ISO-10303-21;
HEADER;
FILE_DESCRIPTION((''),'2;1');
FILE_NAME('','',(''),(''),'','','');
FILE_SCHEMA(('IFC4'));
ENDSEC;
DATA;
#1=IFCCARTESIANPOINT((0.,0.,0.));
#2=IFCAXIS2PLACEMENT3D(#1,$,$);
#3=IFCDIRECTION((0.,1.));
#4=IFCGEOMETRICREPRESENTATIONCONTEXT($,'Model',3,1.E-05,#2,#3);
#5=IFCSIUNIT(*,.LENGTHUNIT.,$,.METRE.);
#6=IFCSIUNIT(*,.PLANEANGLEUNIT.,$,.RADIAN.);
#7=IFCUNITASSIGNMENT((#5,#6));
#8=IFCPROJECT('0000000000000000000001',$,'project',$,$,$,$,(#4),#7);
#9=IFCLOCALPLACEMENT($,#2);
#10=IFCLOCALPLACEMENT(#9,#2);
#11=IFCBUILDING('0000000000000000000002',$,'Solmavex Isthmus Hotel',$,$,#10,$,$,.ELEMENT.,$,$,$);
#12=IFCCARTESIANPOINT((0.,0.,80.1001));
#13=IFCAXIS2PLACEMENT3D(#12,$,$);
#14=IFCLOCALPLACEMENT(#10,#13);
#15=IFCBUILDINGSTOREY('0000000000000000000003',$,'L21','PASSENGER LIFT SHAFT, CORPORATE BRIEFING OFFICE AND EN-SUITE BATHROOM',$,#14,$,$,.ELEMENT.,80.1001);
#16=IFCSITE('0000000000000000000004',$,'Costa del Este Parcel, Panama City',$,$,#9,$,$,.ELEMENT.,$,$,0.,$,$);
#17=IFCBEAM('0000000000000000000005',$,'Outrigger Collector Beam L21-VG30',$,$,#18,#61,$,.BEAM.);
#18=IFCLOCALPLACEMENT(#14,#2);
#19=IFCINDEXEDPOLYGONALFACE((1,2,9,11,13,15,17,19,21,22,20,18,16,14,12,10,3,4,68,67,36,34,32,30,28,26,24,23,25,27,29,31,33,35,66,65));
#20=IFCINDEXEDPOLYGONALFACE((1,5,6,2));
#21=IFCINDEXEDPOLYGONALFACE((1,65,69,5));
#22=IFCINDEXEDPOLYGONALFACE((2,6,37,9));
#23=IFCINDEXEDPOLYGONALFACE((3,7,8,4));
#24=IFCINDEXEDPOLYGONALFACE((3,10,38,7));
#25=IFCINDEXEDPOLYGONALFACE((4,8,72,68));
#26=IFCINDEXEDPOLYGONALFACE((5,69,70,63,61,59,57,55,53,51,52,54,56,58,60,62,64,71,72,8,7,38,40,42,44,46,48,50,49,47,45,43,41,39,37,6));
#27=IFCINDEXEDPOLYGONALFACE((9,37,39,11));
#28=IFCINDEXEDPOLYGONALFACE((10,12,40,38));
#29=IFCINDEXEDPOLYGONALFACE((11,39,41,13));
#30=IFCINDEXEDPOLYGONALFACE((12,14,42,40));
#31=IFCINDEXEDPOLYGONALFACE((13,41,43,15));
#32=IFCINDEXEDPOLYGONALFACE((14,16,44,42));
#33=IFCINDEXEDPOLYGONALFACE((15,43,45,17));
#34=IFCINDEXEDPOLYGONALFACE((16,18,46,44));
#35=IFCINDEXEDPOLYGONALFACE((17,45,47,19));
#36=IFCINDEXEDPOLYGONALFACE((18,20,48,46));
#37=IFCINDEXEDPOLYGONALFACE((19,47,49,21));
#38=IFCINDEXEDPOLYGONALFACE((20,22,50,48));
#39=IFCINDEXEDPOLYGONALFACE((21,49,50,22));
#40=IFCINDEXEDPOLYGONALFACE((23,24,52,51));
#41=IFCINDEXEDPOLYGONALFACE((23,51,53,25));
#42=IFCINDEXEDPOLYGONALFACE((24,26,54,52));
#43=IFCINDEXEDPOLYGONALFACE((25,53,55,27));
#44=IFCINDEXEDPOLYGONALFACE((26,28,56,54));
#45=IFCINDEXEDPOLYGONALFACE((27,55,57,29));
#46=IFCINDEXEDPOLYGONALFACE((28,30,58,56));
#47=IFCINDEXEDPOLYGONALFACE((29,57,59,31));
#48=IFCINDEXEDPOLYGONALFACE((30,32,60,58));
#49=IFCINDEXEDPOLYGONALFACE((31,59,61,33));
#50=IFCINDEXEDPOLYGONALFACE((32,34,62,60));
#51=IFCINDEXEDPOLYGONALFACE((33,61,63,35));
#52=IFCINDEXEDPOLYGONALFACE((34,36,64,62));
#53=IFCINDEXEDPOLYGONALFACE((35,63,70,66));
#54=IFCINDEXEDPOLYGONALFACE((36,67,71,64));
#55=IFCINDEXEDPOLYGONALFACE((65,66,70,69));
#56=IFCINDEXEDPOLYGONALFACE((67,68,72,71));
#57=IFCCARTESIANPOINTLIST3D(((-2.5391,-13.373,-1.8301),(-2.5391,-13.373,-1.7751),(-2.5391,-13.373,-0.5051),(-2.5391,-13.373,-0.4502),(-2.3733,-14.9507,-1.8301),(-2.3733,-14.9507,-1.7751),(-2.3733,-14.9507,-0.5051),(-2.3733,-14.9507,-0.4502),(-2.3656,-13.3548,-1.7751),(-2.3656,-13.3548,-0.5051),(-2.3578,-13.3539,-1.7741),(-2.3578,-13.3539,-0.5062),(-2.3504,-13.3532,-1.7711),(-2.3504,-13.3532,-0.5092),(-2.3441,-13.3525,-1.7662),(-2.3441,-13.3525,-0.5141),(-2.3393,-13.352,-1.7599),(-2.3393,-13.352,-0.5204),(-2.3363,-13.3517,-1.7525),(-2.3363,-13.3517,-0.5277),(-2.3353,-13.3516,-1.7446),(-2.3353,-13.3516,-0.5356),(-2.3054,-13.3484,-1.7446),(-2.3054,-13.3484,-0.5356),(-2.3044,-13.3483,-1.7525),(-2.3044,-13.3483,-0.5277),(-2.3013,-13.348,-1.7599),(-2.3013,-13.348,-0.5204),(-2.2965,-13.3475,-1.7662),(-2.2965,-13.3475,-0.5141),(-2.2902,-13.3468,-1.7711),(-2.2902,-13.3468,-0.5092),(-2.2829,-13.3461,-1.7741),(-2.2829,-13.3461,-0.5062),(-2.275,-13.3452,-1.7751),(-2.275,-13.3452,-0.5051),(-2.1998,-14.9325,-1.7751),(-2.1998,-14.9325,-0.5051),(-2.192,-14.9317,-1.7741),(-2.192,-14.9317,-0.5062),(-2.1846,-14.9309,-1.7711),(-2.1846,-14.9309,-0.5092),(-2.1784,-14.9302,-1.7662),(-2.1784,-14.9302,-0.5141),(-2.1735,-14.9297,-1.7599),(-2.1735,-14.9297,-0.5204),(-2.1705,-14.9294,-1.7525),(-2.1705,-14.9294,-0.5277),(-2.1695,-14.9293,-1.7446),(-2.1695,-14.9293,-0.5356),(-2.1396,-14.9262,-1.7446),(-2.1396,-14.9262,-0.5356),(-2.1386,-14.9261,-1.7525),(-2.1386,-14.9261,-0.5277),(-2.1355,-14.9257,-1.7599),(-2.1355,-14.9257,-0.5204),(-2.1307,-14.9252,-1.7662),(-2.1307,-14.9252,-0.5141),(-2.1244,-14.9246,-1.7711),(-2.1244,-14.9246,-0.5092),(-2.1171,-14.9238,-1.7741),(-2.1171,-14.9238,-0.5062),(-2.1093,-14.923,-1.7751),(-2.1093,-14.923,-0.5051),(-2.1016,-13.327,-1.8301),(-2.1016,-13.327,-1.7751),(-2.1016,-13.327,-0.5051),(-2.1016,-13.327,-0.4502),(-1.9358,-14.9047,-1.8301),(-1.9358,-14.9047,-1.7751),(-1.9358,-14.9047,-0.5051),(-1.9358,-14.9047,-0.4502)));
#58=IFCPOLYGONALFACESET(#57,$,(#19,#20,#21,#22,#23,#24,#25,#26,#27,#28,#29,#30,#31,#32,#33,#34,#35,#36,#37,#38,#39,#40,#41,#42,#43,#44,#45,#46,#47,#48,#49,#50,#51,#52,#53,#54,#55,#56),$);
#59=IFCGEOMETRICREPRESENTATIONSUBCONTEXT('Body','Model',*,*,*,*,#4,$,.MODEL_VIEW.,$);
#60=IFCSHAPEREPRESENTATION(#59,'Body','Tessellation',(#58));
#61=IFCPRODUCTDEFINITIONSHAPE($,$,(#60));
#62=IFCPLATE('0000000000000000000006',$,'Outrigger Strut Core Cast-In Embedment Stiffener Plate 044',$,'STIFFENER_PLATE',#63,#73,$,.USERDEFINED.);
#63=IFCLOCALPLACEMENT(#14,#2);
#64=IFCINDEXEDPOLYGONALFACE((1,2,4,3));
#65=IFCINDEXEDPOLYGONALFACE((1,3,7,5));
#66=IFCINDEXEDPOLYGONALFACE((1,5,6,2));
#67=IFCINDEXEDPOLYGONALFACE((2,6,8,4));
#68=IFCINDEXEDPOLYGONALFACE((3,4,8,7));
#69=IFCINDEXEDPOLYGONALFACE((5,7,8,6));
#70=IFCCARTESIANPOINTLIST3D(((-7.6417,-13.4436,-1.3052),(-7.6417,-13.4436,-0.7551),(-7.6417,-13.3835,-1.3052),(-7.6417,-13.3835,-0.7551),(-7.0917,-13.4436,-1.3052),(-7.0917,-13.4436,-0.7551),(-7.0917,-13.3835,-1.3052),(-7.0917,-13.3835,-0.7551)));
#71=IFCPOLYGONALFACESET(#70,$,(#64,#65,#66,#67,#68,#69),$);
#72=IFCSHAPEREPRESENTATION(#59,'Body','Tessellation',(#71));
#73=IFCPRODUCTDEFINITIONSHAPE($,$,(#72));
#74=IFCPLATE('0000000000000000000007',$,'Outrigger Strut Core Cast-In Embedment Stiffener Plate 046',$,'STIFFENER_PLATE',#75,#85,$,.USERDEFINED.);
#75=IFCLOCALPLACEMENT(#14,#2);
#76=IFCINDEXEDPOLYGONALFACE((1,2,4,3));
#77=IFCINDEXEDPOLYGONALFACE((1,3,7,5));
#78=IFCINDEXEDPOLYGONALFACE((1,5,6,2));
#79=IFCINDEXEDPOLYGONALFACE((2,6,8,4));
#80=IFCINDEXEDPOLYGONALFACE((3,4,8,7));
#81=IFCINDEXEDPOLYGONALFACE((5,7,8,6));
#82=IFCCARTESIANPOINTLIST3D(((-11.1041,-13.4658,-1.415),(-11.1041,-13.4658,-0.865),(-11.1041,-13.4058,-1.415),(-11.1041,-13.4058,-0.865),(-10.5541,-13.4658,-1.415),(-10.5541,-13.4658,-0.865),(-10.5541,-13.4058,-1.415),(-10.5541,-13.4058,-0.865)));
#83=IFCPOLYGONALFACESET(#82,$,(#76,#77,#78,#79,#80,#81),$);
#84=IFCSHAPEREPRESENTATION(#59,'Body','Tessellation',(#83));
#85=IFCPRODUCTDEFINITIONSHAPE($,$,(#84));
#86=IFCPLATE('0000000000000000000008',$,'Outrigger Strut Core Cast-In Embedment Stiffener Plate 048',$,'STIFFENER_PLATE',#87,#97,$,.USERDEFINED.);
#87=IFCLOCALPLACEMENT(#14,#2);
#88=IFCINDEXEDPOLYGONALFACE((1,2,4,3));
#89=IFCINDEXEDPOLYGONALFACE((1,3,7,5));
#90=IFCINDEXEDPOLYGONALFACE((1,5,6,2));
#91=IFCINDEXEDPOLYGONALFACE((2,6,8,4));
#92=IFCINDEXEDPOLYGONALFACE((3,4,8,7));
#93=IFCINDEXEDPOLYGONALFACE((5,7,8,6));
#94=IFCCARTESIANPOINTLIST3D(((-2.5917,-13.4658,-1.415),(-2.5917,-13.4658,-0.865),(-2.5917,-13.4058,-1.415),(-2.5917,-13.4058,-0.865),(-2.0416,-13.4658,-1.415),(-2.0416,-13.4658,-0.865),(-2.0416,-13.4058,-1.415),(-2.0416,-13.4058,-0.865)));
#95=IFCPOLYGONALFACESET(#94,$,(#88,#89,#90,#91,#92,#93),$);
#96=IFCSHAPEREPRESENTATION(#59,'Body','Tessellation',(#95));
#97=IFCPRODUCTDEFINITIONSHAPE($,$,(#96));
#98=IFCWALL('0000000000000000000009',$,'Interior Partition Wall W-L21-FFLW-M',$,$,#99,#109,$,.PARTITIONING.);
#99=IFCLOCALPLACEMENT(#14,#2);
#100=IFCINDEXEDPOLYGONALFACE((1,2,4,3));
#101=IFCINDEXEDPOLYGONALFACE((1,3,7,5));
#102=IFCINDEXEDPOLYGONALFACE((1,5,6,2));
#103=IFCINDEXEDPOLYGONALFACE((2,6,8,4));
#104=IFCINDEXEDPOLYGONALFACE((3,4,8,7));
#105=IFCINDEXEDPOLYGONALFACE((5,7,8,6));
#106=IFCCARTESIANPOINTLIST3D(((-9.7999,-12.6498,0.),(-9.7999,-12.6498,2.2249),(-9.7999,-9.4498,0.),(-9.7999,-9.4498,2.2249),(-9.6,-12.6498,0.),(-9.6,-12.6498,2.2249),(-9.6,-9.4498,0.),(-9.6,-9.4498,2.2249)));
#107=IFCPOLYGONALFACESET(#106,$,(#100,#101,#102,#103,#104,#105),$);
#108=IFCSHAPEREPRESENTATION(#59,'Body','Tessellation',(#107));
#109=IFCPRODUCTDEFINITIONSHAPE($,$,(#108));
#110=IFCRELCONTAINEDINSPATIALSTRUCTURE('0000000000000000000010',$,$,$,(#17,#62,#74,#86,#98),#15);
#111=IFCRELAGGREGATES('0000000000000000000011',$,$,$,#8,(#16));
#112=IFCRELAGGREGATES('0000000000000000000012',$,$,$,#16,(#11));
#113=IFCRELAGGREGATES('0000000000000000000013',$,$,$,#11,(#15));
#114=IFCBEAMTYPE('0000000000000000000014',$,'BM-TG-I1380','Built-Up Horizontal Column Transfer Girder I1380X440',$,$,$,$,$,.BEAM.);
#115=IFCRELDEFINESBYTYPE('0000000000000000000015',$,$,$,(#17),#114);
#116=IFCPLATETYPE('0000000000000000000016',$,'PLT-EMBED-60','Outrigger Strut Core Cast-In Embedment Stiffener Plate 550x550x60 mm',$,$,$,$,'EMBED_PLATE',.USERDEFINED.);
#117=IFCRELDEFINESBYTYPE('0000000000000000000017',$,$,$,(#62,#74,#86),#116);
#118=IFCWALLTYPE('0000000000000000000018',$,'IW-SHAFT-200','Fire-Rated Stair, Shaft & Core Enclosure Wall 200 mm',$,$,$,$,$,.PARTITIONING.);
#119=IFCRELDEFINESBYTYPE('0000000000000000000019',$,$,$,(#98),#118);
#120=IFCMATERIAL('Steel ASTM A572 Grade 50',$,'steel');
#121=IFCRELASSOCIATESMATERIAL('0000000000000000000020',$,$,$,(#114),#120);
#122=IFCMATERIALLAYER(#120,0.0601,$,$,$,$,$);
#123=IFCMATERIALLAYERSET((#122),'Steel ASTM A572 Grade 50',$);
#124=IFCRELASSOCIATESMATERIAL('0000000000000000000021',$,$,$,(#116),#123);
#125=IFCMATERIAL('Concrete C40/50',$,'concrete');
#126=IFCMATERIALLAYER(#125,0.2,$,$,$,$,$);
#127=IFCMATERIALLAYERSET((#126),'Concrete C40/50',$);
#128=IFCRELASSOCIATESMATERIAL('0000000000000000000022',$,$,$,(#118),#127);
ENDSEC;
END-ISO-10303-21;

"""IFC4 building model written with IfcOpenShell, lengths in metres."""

from ifc_helpers import new_model, si_unit, direction, frame, frame_2d, origin, origin_2d, place, context, subcontext, project, spatial, rectangle, i_section, extrude, material, layer, layer_set, material_profile, profile_set, type_object, element, save


model = new_model("IFC4")

# Units and contexts
model_context = context("Model", 3, precision=1e-05, world=origin(), true_north=direction((0.0, 1.0)))
body_context = subcontext(model_context, "Body", "Model", "MODEL_VIEW")
ifc_project = project(units=[si_unit("LENGTHUNIT", "METRE"), si_unit("PLANEANGLEUNIT", "RADIAN")], contexts=[model_context])

# Site, building, storey
site_placement = place(None, origin())
site = spatial("IfcSite", under=ifc_project, at=site_placement, Name="Costa del Este Parcel, Panama City", CompositionType="ELEMENT", RefElevation=0.0)
building_placement = place(site_placement, origin())
building = spatial("IfcBuilding", under=site, at=building_placement, Name="Solmavex Isthmus Hotel", CompositionType="ELEMENT")
storey_placement = place(building_placement, frame((0.0, 0.0, 80.1001)))
storey = spatial("IfcBuildingStorey", under=building, at=storey_placement, Name="L21", Description="PASSENGER LIFT SHAFT, CORPORATE BRIEFING OFFICE AND EN-SUITE BATHROOM", CompositionType="ELEMENT", Elevation=80.1001)

# Beam
ifc_material_1 = material(Name="Steel ASTM A572 Grade 50", Category="steel")
ifc_material_profile_1 = material_profile(ifc_material_1, i_section(OverallWidth=0.4399, OverallDepth=1.3799, WebThickness=0.03, FlangeThickness=0.0549, FilletRadius=0.0305, at=origin_2d()), Name="I1380X440")
ifc_profile_set_1 = profile_set([ifc_material_profile_1], Name="Steel ASTM A572 Grade 50")
beam_type_1 = type_object("IfcBeamType", Name="BM-TG-I1380", Description="Built-Up Horizontal Column Transfer Girder I1380X440", PredefinedType="BEAM", material=ifc_profile_set_1)
beam_1_placement = place(storey_placement, frame((-2.1545, -14.9277, -1.1401), z_axis=(-0.104501, 0.994525, 0.0), x_axis=(-0.994525, -0.104501, 0.0)))
element("IfcBeam", 1, at=beam_1_placement, inside=storey, type_object=beam_type_1, Name="Outrigger Collector Beam L21-VG30", PredefinedType="BEAM", context=body_context, shape_type="SweptSolid", body=[
    extrude(i_section(OverallWidth=0.4399, OverallDepth=1.3799, WebThickness=0.03, FlangeThickness=0.0549, FilletRadius=0.0305, at=origin_2d()), origin(), (0.0, 0.0, 1.0), 1.5864),
])

# Plates
ifc_layer_1 = layer(ifc_material_1, 0.0601)
ifc_layer_set_1 = layer_set([ifc_layer_1], Name="Steel ASTM A572 Grade 50")
plate_type = type_object("IfcPlateType", Name="PLT-EMBED-60", Description="Outrigger Strut Core Cast-In Embedment Stiffener Plate 550x550x60 mm", ElementType="EMBED_PLATE", PredefinedType="USERDEFINED", material=ifc_layer_set_1)
for number, where, z_axis, x_axis, name in (
    (2, (-7.3667, -13.4136, -1.3052), (0.0, 0.0, 1.0), (1.0, 0.0, 0.0), "Outrigger Strut Core Cast-In Embedment Stiffener Plate 044"),
    (3, (-10.8291, -13.4358, -1.415), (0.0, 0.0, 1.0), (1.0, 0.0, 0.0), "Outrigger Strut Core Cast-In Embedment Stiffener Plate 046"),
    (4, (-2.3167, -13.4358, -1.415), (0.0, 0.0, 1.0), (1.0, 0.0, 0.0), "Outrigger Strut Core Cast-In Embedment Stiffener Plate 048"),
):
    element("IfcPlate", number, at=place(storey_placement, frame(where, z_axis=z_axis, x_axis=x_axis)), inside=storey, type_object=plate_type, Name=name, ObjectType="STIFFENER_PLATE", PredefinedType="USERDEFINED", context=body_context, shape_type="SweptSolid", body=[
        extrude(rectangle(XDim=0.55, YDim=0.0601, at=origin_2d()), origin(), (0.0, 0.0, 1.0), 0.55),
    ])

# Wall
ifc_material_2 = material(Name="Concrete C40/50", Category="concrete")
ifc_layer_2 = layer(ifc_material_2, 0.2)
ifc_layer_set_2 = layer_set([ifc_layer_2], Name="Concrete C40/50")
wall_type = type_object("IfcWallType", Name="IW-SHAFT-200", Description="Fire-Rated Stair, Shaft & Core Enclosure Wall 200 mm", PredefinedType="PARTITIONING", material=ifc_layer_set_2)
wall_placement = place(storey_placement, frame((-9.7, -12.6499, 0.0), z_axis=(0.0, 0.0, 1.0), x_axis=(0.0, 1.0, 0.0)))
element("IfcWall", 5, at=wall_placement, inside=storey, type_object=wall_type, Name="Interior Partition Wall W-L21-FFLW-M", PredefinedType="PARTITIONING", context=body_context, shape_type="SweptSolid", body=[
    extrude(rectangle(XDim=3.2, YDim=0.2, at=frame_2d((1.6001, 0.0))), origin(), (0.0, 0.0, 1.0), 2.2249),
])

save(model, "model.ifc")
